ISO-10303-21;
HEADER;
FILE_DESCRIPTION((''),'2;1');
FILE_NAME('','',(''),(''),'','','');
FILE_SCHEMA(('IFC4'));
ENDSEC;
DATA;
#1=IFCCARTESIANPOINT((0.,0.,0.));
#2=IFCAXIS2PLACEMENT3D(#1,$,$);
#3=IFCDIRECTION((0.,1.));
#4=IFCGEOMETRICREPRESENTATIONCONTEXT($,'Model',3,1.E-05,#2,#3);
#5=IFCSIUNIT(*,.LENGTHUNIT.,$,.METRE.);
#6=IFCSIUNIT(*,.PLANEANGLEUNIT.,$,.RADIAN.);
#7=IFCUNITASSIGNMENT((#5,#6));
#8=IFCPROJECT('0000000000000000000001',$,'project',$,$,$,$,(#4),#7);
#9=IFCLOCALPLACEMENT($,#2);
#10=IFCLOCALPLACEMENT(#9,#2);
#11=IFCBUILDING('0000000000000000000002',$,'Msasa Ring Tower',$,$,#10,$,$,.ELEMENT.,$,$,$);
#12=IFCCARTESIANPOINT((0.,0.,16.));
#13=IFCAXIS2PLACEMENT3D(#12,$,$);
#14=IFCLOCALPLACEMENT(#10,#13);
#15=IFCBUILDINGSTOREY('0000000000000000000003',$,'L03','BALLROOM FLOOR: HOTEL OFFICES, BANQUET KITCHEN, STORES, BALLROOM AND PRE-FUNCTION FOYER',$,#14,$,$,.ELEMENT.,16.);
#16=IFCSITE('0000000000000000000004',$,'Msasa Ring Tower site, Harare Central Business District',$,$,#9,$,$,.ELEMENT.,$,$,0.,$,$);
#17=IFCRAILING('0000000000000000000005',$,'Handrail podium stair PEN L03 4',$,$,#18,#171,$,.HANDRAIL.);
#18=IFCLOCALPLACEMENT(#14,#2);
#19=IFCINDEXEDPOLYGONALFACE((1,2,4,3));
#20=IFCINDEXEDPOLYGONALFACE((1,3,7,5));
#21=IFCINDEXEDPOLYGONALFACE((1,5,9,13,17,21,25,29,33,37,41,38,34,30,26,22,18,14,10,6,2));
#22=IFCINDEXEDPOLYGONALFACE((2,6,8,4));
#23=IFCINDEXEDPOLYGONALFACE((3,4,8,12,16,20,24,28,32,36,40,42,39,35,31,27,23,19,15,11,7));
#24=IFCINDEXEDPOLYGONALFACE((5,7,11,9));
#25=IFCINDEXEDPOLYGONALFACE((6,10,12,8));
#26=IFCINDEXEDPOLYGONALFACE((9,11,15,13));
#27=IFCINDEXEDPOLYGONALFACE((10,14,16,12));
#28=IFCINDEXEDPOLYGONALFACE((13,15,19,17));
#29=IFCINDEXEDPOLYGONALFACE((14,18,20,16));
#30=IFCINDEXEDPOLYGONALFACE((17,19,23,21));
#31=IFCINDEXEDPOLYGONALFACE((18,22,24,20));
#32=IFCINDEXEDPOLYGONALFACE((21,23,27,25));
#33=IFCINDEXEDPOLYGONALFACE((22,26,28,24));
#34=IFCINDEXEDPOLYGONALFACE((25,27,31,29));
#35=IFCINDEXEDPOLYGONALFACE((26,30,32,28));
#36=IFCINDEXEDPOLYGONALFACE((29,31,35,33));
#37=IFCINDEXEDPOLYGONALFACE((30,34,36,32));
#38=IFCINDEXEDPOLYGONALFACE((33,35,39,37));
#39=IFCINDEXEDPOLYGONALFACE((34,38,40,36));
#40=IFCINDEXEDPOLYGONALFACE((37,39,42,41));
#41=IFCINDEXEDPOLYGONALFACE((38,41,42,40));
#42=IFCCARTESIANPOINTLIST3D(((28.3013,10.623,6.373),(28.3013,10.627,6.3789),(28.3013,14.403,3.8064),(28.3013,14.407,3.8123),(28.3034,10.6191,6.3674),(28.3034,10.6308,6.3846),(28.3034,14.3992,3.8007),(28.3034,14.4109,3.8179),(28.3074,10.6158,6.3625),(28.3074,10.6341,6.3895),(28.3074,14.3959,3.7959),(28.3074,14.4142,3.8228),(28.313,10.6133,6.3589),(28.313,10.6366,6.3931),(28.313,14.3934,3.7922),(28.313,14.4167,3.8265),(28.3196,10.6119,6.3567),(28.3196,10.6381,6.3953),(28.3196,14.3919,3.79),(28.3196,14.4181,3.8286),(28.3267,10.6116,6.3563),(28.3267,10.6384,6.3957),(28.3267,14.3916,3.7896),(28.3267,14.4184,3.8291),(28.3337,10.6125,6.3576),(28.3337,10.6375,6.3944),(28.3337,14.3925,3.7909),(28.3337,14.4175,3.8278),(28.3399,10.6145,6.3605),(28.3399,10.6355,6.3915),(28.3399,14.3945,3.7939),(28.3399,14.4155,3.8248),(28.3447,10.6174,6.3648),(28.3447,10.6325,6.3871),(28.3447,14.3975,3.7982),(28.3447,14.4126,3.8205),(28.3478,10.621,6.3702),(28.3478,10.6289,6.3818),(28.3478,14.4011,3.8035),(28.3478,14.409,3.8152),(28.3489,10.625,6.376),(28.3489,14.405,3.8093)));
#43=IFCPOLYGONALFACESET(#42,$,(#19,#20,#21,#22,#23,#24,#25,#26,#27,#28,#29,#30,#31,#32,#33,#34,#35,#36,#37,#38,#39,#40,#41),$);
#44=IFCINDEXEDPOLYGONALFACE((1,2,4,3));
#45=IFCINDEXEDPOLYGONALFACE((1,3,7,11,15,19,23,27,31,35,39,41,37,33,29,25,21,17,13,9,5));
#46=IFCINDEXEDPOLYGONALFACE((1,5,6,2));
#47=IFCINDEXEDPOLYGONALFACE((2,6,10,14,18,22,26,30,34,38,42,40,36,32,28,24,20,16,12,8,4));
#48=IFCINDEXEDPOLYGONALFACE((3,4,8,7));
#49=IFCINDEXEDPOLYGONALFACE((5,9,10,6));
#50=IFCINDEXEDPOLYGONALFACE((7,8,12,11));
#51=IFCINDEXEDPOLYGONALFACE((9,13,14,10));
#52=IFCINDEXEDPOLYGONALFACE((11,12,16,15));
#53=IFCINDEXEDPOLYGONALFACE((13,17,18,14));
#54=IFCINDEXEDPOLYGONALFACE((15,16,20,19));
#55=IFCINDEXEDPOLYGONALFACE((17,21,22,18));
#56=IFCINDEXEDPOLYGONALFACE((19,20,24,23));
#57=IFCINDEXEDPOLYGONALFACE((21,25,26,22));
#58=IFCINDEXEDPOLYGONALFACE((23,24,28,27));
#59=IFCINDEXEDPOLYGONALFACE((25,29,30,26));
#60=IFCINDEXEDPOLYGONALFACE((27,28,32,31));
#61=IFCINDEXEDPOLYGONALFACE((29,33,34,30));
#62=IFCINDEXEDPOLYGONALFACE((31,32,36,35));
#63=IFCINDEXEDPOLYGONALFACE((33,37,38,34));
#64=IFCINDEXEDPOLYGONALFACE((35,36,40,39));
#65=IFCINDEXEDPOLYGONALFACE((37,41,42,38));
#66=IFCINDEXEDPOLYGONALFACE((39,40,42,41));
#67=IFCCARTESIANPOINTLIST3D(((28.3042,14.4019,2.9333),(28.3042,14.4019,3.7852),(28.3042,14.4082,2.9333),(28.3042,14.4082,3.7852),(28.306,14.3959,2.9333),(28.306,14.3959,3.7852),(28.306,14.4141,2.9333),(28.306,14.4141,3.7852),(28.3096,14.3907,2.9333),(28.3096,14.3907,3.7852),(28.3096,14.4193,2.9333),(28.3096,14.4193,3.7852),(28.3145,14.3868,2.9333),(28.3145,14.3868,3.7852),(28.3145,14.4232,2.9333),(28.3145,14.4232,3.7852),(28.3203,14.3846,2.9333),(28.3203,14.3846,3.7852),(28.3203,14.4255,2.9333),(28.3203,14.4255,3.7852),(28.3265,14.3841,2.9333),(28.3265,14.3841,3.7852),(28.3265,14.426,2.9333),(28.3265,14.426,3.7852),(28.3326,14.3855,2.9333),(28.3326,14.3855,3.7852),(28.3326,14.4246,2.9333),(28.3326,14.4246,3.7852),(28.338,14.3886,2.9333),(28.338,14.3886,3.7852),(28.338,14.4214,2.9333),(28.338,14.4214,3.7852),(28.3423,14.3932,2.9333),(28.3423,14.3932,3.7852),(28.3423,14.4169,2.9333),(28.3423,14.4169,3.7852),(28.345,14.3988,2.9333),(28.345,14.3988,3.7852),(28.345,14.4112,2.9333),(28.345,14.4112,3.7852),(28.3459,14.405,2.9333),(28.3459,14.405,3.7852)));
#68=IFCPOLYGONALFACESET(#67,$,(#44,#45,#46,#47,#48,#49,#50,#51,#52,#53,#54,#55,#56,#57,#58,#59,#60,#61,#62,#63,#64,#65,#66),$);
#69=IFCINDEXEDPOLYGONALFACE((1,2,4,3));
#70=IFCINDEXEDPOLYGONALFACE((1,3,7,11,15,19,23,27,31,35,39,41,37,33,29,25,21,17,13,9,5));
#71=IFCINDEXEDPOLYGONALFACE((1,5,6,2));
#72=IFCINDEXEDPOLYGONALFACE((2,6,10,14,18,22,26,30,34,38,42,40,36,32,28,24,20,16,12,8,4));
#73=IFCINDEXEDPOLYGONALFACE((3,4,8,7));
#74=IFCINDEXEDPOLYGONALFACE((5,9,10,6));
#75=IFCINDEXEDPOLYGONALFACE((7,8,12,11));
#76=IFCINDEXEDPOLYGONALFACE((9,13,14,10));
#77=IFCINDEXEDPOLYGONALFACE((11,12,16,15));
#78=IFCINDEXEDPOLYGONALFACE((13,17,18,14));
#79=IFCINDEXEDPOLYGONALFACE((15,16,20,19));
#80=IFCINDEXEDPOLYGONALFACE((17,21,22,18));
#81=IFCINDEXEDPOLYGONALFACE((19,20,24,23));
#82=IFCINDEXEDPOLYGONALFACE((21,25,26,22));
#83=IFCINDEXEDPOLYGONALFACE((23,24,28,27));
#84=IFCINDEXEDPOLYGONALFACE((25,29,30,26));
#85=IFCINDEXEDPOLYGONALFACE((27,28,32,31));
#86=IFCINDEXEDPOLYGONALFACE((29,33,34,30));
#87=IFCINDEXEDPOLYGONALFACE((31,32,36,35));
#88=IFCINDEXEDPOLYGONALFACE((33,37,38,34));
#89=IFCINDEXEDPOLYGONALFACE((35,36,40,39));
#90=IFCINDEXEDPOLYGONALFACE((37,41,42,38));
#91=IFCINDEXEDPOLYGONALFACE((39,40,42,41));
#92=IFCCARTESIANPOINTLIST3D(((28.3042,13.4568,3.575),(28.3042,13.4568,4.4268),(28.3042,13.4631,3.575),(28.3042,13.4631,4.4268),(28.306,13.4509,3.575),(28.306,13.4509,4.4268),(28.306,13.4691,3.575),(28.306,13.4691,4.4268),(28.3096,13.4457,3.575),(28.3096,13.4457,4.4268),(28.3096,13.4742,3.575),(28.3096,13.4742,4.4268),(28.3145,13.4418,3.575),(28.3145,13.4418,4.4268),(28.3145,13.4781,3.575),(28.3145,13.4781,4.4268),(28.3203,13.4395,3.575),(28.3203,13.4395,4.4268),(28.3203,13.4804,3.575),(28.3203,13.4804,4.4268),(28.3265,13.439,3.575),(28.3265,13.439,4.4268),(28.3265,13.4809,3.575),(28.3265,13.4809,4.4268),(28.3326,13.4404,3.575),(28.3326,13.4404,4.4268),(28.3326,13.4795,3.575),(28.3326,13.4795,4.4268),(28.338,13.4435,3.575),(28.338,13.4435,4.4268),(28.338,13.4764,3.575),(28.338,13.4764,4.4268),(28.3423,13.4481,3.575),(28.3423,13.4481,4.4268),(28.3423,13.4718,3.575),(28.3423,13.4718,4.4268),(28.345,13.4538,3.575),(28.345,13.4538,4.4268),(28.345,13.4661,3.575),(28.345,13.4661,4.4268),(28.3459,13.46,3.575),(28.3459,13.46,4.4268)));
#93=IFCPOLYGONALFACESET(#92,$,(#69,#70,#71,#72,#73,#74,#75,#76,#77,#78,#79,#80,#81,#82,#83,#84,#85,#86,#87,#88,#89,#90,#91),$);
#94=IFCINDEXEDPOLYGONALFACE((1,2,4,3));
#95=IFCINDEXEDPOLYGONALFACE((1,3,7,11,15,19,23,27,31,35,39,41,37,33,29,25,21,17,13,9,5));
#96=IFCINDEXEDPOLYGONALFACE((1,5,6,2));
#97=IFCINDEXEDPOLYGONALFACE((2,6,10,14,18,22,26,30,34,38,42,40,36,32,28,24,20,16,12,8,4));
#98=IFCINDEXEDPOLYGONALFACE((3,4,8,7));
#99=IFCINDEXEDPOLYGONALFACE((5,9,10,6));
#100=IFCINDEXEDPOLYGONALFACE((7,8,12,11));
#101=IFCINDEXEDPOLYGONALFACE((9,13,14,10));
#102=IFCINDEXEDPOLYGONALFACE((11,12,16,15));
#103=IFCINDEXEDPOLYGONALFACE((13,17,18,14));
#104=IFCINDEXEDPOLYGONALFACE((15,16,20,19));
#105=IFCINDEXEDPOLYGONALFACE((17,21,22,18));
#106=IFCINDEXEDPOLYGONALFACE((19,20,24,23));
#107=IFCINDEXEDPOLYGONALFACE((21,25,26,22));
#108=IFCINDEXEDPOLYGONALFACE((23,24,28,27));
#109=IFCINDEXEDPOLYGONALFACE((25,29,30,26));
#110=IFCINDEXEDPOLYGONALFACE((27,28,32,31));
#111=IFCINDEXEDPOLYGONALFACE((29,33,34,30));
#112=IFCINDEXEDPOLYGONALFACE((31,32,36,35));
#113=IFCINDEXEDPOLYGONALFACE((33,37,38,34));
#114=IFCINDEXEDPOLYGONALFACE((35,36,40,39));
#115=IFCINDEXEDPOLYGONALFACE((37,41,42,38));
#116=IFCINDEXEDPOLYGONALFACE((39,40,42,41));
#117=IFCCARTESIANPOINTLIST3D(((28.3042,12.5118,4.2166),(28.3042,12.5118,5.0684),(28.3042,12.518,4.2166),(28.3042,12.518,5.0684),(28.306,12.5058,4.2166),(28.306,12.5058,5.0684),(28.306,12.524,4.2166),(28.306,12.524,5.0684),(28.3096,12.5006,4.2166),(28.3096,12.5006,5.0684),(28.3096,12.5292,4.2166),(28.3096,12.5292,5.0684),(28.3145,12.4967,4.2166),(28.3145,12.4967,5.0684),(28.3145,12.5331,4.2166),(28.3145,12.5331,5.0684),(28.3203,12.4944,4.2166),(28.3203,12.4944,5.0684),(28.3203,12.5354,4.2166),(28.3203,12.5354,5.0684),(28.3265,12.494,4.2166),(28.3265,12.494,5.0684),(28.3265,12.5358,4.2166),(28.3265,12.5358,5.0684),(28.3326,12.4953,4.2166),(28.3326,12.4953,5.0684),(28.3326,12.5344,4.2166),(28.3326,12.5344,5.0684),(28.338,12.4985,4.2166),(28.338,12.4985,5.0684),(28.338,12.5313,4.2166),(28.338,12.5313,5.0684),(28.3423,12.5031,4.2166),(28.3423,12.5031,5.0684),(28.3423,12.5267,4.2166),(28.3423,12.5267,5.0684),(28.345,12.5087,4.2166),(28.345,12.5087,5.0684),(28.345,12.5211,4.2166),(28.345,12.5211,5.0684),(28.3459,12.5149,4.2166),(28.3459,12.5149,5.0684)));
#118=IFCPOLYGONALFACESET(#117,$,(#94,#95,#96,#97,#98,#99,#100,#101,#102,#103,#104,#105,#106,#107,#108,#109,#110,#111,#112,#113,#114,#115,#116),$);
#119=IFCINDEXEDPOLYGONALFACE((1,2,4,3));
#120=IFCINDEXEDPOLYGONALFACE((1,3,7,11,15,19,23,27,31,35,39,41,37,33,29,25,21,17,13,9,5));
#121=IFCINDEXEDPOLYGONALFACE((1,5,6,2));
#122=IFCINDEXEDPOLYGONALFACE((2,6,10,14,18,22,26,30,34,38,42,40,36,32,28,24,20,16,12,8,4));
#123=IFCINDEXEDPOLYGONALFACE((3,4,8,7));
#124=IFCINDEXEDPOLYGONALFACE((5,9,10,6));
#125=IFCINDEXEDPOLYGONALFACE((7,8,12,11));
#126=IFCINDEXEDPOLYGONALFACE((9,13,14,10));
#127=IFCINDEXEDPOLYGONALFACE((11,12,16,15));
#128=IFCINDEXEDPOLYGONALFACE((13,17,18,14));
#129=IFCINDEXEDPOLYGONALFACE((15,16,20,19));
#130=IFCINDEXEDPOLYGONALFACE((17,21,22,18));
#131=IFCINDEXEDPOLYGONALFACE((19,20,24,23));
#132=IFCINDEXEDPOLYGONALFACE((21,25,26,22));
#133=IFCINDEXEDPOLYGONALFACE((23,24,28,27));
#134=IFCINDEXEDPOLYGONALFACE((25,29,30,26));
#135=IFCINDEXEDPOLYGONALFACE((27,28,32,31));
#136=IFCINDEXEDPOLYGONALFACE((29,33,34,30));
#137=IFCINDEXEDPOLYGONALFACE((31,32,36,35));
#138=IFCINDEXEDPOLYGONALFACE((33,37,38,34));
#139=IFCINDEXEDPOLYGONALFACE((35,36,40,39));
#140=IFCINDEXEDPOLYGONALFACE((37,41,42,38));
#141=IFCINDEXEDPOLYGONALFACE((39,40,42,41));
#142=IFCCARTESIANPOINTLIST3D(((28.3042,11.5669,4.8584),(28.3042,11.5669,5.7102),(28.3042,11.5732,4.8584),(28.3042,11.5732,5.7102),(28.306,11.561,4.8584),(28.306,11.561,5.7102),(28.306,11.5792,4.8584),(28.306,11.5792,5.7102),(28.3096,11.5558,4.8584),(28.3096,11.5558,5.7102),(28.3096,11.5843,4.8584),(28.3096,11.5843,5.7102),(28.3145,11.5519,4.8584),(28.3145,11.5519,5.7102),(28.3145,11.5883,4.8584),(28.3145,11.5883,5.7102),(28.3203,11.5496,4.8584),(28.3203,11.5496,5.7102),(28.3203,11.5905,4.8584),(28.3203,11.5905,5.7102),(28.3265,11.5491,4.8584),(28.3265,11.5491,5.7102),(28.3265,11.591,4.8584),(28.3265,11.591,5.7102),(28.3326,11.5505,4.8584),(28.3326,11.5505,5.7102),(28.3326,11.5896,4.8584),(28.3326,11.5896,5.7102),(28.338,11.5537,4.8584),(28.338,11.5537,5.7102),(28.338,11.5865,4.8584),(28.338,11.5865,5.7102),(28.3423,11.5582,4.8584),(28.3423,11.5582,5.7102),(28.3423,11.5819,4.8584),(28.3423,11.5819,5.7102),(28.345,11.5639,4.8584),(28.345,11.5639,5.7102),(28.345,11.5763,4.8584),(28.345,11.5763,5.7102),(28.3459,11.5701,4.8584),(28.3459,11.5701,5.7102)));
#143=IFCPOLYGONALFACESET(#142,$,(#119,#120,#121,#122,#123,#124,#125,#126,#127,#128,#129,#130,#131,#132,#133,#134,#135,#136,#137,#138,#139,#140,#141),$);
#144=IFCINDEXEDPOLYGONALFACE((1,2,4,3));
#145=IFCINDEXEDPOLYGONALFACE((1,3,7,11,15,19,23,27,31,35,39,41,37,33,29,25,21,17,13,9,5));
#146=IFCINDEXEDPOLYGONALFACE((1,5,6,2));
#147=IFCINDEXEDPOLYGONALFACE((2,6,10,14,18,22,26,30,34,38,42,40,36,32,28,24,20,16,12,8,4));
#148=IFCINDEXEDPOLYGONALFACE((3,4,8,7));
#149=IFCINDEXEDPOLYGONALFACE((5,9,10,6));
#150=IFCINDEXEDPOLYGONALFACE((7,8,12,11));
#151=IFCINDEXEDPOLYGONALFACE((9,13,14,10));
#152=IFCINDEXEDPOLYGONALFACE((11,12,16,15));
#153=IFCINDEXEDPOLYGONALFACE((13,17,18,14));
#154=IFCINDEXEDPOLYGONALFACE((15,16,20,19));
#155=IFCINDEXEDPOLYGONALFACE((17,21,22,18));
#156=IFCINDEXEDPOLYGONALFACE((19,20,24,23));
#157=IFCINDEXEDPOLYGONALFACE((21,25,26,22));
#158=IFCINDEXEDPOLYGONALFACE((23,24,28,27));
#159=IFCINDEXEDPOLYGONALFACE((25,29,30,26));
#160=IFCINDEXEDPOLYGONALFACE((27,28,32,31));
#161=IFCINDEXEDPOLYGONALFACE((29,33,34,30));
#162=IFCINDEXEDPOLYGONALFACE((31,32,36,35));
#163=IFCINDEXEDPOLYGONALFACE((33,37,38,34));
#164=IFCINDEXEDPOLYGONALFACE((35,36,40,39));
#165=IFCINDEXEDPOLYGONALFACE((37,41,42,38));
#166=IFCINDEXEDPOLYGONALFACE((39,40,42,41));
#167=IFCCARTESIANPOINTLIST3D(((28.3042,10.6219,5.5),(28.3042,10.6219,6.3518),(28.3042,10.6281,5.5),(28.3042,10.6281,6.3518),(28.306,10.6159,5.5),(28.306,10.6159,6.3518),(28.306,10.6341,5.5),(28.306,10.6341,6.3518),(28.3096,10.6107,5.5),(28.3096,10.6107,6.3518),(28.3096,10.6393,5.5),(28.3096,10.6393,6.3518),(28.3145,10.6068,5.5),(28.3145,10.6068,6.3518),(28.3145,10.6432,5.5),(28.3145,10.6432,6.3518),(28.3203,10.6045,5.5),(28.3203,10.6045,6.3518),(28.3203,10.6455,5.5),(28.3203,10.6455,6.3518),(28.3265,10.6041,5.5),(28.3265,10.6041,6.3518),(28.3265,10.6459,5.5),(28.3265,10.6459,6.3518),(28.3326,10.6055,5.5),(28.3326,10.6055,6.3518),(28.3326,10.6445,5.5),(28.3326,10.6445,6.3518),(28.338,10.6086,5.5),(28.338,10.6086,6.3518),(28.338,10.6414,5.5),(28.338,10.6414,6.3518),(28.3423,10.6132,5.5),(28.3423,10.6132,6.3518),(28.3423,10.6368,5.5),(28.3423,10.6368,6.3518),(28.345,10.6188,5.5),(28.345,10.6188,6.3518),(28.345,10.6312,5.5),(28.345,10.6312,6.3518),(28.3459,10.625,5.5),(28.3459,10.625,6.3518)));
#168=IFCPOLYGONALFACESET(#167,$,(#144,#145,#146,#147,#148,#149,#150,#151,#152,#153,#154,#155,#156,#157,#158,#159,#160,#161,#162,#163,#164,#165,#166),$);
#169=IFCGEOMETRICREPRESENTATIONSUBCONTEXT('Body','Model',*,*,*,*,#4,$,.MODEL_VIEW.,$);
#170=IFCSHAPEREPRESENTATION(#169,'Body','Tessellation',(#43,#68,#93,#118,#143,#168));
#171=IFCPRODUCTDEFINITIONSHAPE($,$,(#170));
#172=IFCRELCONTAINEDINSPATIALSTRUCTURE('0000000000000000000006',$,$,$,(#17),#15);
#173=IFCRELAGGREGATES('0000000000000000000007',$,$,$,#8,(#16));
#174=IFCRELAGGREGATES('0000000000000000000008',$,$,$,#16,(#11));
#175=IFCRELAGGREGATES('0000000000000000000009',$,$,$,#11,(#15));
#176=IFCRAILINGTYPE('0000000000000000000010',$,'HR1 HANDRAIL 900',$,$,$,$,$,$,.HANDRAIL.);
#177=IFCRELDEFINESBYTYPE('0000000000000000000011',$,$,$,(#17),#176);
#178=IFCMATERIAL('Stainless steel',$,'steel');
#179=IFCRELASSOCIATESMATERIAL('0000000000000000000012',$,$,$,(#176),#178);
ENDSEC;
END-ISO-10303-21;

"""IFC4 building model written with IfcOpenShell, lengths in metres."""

from ifc_helpers import new_model, si_unit, direction, frame, origin, origin_2d, place, context, subcontext, project, spatial, circle, extrude, material, type_object, element, save


model = new_model("IFC4")

# Units and contexts
model_context = context("Model", 3, precision=1e-05, world=origin(), true_north=direction((0.0, 1.0)))
body_context = subcontext(model_context, "Body", "Model", "MODEL_VIEW")
ifc_project = project(units=[si_unit("LENGTHUNIT", "METRE"), si_unit("PLANEANGLEUNIT", "RADIAN")], contexts=[model_context])

# Site, building, storey
site_placement = place(None, origin())
site = spatial("IfcSite", under=ifc_project, at=site_placement, Name="Msasa Ring Tower site, Harare Central Business District", CompositionType="ELEMENT", RefElevation=0.0)
building_placement = place(site_placement, origin())
building = spatial("IfcBuilding", under=site, at=building_placement, Name="Msasa Ring Tower", CompositionType="ELEMENT")
storey_placement = place(building_placement, frame((0.0, 0.0, 16.0)))
storey = spatial("IfcBuildingStorey", under=building, at=storey_placement, Name="L03", Description="BALLROOM FLOOR: HOTEL OFFICES, BANQUET KITCHEN, STORES, BALLROOM AND PRE-FUNCTION FOYER", CompositionType="ELEMENT", Elevation=16.0)

# Railing
ifc_material_1 = material(Name="Stainless steel", Category="steel")
railing_type = type_object("IfcRailingType", Name="HR1 HANDRAIL 900", PredefinedType="HANDRAIL", material=ifc_material_1)
for number, where, name in (
    (1, (28.325, 14.405, 2.9333), "Handrail podium stair PEN L03 4"),
):
    element("IfcRailing", number, at=place(storey_placement, frame(where)), inside=storey, type_object=railing_type, Name=name, PredefinedType="HANDRAIL", context=body_context, shape_type="SweptSolid", body=[
        extrude(circle(Radius=0.0239, at=origin_2d()), frame((0.0, 0.0, 0.876), z_axis=(0.0, -0.82731, 0.561746), x_axis=(1.0, 0.0, 0.0)), (0.0, 0.0, 1.0), 4.5691),
        extrude(circle(Radius=0.021, at=origin_2d()), origin(), (0.0, 0.0, 1.0), 0.8518),
        extrude(circle(Radius=0.021, at=origin_2d()), frame((0.0, -0.9451, 0.6416)), (0.0, 0.0, 1.0), 0.8518),
        extrude(circle(Radius=0.021, at=origin_2d()), frame((0.0, -1.8901, 1.2832)), (0.0, 0.0, 1.0), 0.8518),
        extrude(circle(Radius=0.021, at=origin_2d()), frame((0.0, -2.835, 1.925)), (0.0, 0.0, 1.0), 0.8518),
        extrude(circle(Radius=0.021, at=origin_2d()), frame((0.0, -3.78, 2.5667)), (0.0, 0.0, 1.0), 0.8518),
    ])

save(model, "model.ifc")
